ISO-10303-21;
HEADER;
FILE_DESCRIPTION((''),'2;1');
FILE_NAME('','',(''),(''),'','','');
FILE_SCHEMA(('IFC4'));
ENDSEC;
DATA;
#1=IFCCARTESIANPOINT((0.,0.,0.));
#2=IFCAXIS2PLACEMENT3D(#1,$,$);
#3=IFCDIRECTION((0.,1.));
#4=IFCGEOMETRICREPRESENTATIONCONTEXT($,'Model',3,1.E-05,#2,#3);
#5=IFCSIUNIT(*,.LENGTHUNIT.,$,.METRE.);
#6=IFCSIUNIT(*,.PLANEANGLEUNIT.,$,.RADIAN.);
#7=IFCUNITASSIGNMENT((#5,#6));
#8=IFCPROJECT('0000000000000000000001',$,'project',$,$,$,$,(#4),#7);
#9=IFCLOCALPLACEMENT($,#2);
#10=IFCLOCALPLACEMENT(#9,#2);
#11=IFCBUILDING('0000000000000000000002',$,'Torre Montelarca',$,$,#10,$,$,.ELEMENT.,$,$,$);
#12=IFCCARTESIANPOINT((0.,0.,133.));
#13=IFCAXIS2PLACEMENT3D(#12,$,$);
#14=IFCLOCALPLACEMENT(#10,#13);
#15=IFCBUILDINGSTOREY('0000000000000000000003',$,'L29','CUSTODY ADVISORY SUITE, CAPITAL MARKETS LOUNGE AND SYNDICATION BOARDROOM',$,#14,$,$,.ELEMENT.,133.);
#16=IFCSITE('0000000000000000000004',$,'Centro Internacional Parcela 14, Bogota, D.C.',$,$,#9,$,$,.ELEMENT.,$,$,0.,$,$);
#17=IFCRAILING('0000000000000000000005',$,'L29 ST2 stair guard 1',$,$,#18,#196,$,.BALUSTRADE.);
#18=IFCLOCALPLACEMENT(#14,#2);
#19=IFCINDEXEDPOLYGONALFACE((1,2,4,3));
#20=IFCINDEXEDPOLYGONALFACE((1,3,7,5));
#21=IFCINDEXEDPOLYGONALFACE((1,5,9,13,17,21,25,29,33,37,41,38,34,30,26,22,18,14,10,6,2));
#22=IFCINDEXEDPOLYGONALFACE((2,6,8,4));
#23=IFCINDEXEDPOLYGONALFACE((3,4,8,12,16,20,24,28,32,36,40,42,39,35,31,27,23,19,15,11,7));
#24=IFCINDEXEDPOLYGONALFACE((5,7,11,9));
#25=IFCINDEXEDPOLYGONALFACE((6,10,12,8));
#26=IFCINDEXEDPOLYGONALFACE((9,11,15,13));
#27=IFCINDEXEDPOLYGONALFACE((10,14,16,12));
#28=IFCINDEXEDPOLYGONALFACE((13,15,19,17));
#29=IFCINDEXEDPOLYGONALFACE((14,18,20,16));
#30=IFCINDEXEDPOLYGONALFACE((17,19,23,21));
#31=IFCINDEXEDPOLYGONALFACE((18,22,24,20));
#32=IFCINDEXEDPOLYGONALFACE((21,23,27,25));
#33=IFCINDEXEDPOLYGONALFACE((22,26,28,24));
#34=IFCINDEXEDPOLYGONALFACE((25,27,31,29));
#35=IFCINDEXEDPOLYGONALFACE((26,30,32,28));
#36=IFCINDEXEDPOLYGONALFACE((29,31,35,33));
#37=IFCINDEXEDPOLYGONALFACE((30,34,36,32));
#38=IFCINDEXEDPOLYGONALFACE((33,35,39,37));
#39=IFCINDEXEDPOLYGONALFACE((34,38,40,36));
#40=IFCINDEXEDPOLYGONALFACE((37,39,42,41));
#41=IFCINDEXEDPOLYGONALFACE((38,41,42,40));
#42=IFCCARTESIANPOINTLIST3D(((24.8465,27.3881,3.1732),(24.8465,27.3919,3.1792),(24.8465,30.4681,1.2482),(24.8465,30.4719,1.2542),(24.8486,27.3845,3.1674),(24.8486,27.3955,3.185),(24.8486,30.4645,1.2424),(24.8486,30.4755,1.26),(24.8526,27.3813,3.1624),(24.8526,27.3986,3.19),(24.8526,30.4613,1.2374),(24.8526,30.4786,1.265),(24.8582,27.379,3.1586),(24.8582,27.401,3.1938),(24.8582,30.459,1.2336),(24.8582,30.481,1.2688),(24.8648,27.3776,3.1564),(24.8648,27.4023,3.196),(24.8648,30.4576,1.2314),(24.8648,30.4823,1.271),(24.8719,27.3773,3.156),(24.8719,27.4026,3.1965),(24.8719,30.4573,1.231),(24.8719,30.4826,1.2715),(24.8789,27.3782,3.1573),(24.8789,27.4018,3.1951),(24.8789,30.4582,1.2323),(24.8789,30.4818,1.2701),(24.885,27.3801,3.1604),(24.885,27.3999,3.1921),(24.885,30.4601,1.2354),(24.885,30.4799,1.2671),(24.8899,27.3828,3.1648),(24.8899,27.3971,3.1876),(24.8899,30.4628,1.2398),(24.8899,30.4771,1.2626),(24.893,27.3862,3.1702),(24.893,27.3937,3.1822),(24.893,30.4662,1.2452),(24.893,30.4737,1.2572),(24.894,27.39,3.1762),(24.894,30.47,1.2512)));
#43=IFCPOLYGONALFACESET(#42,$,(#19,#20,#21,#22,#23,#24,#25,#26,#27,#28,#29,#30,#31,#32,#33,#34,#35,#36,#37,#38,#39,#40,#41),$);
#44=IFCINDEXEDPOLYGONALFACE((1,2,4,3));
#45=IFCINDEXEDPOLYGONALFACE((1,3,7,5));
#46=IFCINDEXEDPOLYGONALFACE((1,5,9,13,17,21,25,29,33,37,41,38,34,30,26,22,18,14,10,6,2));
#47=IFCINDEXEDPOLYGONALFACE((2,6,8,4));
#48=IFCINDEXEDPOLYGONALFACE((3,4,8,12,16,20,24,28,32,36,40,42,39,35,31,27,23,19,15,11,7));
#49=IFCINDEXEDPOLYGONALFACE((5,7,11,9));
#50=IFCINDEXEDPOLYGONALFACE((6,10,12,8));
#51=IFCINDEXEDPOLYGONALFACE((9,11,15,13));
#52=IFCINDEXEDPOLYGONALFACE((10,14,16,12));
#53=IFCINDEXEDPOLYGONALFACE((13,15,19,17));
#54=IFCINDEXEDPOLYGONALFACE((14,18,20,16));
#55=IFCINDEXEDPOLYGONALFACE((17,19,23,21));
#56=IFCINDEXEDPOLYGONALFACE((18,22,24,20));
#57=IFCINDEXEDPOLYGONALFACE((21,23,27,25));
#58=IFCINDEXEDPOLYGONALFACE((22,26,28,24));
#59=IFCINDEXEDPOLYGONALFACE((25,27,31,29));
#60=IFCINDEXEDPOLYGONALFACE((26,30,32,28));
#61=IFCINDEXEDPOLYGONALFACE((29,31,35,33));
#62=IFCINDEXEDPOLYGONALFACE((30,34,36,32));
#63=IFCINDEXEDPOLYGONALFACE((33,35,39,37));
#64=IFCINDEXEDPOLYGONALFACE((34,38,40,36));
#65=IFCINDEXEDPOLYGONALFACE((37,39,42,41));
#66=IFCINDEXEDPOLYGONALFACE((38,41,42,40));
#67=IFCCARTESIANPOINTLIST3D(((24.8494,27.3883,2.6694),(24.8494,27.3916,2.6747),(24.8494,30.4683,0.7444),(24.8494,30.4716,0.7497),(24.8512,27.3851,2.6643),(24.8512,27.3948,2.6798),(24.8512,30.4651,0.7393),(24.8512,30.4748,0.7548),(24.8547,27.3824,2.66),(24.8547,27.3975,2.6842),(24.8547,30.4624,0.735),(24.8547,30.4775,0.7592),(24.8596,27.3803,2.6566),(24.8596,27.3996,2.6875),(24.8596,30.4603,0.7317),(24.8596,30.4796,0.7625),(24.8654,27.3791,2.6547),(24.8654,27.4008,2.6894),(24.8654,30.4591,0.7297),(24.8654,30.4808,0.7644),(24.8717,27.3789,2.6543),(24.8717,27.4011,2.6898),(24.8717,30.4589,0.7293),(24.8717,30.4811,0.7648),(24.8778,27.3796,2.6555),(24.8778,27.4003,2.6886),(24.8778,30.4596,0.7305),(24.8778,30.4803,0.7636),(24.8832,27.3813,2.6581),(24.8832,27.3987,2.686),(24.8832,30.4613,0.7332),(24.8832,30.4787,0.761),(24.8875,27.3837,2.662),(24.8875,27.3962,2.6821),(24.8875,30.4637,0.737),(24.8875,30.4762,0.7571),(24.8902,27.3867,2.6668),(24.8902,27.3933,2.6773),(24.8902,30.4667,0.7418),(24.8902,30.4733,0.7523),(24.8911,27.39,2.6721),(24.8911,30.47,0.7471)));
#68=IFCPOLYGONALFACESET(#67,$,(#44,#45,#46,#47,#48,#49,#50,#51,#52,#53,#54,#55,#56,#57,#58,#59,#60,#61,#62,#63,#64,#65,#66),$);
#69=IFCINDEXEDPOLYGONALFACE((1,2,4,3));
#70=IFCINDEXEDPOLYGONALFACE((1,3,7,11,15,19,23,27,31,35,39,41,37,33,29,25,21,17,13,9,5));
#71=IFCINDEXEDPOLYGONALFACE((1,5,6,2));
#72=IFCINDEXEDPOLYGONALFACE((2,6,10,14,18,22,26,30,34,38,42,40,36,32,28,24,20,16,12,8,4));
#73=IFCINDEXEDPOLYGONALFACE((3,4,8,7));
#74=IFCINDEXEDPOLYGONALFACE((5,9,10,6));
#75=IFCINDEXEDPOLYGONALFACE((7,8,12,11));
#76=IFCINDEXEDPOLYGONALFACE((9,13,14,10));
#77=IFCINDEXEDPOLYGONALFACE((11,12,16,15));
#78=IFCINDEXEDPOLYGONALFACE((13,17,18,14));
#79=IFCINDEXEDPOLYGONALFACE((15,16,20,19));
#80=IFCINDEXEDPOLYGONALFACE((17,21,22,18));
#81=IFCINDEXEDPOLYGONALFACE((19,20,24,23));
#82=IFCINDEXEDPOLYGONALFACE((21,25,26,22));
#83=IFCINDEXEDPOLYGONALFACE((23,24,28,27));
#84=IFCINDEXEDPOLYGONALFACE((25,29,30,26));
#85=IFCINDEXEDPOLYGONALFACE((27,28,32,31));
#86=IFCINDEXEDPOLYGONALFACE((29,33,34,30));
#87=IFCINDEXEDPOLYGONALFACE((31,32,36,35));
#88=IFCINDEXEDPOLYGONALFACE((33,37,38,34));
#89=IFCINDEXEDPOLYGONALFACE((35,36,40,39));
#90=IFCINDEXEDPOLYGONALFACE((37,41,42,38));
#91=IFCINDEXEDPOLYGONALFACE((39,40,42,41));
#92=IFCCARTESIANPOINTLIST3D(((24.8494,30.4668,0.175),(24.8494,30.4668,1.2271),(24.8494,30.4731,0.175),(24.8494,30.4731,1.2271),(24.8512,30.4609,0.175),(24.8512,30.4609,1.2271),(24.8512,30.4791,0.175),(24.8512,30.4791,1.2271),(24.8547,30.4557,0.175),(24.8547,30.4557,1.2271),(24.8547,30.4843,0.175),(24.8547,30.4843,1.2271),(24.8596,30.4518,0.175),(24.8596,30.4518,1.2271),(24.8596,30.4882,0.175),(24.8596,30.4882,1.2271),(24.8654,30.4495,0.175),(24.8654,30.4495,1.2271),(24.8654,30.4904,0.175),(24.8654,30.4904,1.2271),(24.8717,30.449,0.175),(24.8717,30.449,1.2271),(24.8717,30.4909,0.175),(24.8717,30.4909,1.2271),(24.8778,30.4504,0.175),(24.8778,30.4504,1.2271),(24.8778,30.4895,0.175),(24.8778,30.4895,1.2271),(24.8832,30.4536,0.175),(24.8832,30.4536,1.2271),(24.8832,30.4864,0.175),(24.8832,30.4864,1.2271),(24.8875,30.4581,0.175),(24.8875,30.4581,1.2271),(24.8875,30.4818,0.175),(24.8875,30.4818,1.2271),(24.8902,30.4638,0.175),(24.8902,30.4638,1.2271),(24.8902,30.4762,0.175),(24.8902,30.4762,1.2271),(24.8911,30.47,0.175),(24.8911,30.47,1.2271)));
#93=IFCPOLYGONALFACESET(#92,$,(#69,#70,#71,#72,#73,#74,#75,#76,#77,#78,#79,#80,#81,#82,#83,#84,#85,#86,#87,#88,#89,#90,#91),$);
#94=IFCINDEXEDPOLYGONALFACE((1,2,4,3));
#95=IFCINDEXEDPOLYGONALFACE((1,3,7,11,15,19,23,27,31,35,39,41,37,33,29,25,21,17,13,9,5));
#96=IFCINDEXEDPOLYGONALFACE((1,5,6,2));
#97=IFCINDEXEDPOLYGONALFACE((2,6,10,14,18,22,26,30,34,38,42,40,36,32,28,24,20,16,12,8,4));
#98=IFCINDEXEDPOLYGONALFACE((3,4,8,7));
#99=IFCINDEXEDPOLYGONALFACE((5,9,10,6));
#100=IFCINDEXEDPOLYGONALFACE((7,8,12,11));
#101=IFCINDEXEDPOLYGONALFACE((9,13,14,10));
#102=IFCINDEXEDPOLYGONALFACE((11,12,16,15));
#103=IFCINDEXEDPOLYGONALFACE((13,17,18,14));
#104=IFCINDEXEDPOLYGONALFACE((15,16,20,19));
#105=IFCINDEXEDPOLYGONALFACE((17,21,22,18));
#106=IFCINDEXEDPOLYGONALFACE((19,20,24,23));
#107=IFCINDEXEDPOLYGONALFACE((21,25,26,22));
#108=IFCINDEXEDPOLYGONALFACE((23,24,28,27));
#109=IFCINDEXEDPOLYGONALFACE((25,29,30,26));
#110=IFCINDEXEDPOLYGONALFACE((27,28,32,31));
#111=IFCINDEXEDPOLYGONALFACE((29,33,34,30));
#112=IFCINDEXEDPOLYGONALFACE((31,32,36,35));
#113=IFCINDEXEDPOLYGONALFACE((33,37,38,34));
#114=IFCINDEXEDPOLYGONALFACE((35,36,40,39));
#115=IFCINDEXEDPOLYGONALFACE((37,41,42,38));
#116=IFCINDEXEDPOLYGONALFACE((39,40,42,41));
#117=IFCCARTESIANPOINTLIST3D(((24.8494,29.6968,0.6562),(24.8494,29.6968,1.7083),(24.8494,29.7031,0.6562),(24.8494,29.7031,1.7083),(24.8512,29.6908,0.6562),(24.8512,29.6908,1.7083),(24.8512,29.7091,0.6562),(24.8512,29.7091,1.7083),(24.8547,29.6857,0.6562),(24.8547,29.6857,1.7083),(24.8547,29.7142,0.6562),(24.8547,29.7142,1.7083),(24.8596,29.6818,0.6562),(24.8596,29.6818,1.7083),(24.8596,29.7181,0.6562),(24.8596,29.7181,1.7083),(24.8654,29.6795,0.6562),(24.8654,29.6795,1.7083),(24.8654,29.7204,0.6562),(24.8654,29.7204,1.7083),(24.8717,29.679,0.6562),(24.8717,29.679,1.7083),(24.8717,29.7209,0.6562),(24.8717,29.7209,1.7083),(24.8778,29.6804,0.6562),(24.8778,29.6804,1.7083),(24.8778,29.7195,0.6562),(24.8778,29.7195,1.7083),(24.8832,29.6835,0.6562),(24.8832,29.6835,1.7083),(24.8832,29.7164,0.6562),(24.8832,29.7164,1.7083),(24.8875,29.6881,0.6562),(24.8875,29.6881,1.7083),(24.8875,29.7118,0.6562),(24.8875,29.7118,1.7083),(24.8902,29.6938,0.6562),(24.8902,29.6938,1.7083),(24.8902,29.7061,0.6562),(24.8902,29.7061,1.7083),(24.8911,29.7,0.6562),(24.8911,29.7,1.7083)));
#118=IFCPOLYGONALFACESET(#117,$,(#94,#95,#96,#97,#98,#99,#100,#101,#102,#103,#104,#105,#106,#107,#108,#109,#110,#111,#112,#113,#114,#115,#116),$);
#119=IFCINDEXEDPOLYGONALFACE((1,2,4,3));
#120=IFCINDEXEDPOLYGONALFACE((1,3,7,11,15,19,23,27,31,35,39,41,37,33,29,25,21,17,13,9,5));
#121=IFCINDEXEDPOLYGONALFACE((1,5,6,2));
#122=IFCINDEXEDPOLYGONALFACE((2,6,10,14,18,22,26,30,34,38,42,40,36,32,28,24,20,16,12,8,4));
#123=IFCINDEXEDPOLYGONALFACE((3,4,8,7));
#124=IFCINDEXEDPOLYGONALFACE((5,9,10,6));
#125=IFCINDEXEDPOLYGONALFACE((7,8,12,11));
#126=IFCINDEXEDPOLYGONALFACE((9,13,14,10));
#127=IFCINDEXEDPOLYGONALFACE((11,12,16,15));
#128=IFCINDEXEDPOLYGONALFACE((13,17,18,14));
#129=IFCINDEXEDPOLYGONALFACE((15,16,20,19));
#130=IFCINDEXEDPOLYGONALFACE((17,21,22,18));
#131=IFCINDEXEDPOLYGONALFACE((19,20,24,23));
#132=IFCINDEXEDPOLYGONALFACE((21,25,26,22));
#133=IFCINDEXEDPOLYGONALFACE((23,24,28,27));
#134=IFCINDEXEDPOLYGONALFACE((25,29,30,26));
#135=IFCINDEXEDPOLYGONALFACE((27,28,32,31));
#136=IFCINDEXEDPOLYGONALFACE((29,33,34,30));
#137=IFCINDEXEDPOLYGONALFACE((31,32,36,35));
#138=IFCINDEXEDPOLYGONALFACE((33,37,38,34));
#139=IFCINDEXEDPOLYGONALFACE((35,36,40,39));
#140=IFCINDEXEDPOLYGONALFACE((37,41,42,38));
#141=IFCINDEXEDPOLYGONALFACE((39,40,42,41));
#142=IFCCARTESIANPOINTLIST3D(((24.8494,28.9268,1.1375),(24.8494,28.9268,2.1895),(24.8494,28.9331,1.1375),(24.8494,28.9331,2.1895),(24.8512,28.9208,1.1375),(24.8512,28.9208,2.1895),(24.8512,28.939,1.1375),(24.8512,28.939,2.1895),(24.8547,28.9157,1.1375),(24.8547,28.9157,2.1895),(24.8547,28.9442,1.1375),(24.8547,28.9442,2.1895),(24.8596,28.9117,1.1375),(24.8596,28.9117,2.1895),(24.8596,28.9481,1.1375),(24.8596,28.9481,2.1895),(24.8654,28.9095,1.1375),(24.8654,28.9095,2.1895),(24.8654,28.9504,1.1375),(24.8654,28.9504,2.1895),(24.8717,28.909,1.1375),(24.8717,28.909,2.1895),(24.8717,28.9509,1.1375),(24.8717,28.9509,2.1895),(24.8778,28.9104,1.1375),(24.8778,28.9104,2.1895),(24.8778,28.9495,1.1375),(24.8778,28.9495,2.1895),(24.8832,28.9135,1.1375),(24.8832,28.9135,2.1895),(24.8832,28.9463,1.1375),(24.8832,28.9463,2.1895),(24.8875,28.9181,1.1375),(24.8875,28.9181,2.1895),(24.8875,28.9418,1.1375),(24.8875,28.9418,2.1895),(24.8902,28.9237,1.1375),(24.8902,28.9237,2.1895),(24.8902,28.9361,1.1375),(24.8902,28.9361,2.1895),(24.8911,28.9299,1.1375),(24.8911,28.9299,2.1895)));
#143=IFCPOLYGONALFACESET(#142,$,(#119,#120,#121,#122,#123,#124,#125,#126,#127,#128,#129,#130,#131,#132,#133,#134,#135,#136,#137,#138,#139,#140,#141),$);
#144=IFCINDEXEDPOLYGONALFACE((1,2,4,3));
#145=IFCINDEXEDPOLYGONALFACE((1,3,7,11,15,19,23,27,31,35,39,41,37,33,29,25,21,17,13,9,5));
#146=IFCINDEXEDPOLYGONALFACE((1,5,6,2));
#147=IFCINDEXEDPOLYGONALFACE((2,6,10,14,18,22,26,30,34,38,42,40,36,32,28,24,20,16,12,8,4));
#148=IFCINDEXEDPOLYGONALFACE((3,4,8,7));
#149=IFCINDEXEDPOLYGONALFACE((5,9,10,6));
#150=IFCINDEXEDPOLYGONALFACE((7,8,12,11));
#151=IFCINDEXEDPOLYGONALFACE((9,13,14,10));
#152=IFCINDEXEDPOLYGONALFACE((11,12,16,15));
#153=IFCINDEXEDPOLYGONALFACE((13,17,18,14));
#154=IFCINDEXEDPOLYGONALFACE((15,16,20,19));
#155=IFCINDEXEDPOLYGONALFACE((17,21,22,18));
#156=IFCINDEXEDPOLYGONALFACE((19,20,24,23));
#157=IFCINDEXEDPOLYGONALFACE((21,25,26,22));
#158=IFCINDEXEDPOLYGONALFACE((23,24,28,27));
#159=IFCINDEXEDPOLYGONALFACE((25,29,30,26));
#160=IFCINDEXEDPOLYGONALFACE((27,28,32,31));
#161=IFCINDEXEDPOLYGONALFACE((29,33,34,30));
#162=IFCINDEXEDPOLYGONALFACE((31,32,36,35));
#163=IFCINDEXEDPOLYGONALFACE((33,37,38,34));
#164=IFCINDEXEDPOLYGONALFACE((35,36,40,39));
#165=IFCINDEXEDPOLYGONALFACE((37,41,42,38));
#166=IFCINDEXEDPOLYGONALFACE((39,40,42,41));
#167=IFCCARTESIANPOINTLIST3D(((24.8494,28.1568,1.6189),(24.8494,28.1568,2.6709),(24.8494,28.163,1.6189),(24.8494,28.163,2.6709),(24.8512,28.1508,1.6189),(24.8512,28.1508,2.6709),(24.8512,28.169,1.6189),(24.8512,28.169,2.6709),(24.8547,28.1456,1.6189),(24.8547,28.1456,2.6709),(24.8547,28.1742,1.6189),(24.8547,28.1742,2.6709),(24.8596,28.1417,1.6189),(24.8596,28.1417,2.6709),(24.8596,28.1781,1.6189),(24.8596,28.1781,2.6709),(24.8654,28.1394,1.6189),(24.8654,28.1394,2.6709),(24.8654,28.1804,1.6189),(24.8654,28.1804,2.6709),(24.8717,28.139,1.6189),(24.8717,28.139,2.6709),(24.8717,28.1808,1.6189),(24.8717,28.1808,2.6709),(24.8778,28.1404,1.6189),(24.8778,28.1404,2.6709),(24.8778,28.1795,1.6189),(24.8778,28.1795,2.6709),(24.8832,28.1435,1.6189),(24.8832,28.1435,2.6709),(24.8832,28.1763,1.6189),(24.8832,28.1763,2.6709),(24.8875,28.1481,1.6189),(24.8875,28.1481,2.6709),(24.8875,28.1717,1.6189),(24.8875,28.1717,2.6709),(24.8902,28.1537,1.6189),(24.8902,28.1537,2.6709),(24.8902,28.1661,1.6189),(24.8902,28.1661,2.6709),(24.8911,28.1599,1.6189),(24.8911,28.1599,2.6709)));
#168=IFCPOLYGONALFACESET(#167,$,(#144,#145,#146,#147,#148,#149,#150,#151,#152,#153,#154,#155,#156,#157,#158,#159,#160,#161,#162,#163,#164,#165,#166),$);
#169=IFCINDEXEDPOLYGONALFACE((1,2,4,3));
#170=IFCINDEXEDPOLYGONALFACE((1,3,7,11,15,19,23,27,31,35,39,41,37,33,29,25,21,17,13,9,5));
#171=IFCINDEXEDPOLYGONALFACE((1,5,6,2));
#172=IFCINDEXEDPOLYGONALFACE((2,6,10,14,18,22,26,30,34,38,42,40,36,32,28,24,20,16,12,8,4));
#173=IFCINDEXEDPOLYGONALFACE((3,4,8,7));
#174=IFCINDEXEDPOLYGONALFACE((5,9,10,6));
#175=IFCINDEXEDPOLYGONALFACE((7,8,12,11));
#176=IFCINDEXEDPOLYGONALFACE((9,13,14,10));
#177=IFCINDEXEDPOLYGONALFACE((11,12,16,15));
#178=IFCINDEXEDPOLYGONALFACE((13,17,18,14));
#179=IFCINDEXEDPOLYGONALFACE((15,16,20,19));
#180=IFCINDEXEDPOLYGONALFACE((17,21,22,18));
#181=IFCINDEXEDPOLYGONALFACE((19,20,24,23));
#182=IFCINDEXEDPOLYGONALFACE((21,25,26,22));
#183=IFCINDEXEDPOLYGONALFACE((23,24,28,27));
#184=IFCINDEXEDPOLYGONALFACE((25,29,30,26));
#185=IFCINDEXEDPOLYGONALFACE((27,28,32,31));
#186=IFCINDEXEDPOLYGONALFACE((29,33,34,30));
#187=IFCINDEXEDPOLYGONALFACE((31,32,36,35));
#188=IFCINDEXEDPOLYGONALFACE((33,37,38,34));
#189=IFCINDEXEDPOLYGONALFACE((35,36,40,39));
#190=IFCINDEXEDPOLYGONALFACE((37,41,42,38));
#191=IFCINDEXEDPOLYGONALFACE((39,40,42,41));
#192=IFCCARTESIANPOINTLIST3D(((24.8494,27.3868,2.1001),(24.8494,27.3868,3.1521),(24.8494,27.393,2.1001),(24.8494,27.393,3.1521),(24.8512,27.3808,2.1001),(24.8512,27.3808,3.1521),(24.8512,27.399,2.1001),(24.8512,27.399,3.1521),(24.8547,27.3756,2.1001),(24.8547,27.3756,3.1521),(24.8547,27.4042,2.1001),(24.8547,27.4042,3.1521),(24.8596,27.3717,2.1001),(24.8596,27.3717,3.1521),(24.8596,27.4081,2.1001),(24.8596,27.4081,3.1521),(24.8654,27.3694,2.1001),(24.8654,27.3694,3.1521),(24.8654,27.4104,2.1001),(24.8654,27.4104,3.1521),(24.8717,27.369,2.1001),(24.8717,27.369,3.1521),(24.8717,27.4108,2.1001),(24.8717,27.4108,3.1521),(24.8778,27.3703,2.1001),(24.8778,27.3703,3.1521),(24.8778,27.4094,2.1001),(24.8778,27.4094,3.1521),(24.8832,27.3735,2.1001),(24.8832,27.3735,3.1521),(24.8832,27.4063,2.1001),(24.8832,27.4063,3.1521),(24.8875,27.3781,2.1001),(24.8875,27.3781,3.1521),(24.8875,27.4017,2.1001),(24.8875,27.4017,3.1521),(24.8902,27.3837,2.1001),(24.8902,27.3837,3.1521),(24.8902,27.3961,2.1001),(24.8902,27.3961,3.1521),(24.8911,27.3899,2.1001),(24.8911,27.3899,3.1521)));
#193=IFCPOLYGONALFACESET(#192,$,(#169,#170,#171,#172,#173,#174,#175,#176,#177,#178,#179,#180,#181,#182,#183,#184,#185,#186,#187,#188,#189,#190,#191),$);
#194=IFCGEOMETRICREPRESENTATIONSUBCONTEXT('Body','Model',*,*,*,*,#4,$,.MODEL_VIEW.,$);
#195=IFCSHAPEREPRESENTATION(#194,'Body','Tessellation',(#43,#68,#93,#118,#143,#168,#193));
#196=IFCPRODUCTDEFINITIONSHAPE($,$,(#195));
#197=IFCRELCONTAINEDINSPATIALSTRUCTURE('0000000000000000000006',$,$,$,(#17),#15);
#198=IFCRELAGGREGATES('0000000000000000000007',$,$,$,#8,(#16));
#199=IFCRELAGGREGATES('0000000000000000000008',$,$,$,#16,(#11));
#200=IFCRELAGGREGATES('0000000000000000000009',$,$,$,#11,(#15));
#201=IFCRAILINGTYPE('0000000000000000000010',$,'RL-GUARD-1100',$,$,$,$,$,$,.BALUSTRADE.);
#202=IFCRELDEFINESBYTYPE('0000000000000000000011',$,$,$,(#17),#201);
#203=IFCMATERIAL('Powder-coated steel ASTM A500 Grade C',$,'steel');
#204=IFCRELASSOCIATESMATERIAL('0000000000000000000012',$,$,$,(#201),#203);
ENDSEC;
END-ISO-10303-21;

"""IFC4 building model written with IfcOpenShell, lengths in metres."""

from ifc_helpers import new_model, si_unit, direction, frame, origin, origin_2d, place, context, subcontext, project, spatial, circle, extrude, material, type_object, element, save


model = new_model("IFC4")

# Units and contexts
model_context = context("Model", 3, precision=1e-05, world=origin(), true_north=direction((0.0, 1.0)))
body_context = subcontext(model_context, "Body", "Model", "MODEL_VIEW")
ifc_project = project(units=[si_unit("LENGTHUNIT", "METRE"), si_unit("PLANEANGLEUNIT", "RADIAN")], contexts=[model_context])

# Site, building, storey
site_placement = place(None, origin())
site = spatial("IfcSite", under=ifc_project, at=site_placement, Name="Centro Internacional Parcela 14, Bogota, D.C.", CompositionType="ELEMENT", RefElevation=0.0)
building_placement = place(site_placement, origin())
building = spatial("IfcBuilding", under=site, at=building_placement, Name="Torre Montelarca", CompositionType="ELEMENT")
storey_placement = place(building_placement, frame((0.0, 0.0, 133.0)))
storey = spatial("IfcBuildingStorey", under=building, at=storey_placement, Name="L29", Description="CUSTODY ADVISORY SUITE, CAPITAL MARKETS LOUNGE AND SYNDICATION BOARDROOM", CompositionType="ELEMENT", Elevation=133.0)

# Railing
ifc_material_1 = material(Name="Powder-coated steel ASTM A500 Grade C", Category="steel")
railing_type_1 = type_object("IfcRailingType", Name="RL-GUARD-1100", PredefinedType="BALUSTRADE", material=ifc_material_1)
railing_1_placement = place(storey_placement, frame((24.8701, 30.47, 0.175)))
element("IfcRailing", 1, at=railing_1_placement, inside=storey, type_object=railing_type_1, Name="L29 ST2 stair guard 1", PredefinedType="BALUSTRADE", context=body_context, shape_type="SweptSolid", body=[
    extrude(circle(Radius=0.0239, at=origin_2d()), frame((0.0, 0.0, 1.0762), z_axis=(0.0, -0.847998, 0.529999), x_axis=(1.0, 0.0, 0.0)), (0.0, 0.0, 1.0), 3.6321),
    extrude(circle(Radius=0.021, at=origin_2d()), frame((0.0, 0.0, 0.572), z_axis=(0.0, -0.847998, 0.529999), x_axis=(1.0, 0.0, 0.0)), (0.0, 0.0, 1.0), 3.6321),
    extrude(circle(Radius=0.021, at=origin_2d()), origin(), (0.0, 0.0, 1.0), 1.052),
    extrude(circle(Radius=0.021, at=origin_2d()), frame((0.0, -0.77, 0.4812)), (0.0, 0.0, 1.0), 1.052),
    extrude(circle(Radius=0.021, at=origin_2d()), frame((0.0, -1.54, 0.9624)), (0.0, 0.0, 1.0), 1.052),
    extrude(circle(Radius=0.021, at=origin_2d()), frame((0.0, -2.3101, 1.4438)), (0.0, 0.0, 1.0), 1.052),
    extrude(circle(Radius=0.021, at=origin_2d()), frame((0.0, -3.0801, 1.925)), (0.0, 0.0, 1.0), 1.052),
])

save(model, "model.ifc")
